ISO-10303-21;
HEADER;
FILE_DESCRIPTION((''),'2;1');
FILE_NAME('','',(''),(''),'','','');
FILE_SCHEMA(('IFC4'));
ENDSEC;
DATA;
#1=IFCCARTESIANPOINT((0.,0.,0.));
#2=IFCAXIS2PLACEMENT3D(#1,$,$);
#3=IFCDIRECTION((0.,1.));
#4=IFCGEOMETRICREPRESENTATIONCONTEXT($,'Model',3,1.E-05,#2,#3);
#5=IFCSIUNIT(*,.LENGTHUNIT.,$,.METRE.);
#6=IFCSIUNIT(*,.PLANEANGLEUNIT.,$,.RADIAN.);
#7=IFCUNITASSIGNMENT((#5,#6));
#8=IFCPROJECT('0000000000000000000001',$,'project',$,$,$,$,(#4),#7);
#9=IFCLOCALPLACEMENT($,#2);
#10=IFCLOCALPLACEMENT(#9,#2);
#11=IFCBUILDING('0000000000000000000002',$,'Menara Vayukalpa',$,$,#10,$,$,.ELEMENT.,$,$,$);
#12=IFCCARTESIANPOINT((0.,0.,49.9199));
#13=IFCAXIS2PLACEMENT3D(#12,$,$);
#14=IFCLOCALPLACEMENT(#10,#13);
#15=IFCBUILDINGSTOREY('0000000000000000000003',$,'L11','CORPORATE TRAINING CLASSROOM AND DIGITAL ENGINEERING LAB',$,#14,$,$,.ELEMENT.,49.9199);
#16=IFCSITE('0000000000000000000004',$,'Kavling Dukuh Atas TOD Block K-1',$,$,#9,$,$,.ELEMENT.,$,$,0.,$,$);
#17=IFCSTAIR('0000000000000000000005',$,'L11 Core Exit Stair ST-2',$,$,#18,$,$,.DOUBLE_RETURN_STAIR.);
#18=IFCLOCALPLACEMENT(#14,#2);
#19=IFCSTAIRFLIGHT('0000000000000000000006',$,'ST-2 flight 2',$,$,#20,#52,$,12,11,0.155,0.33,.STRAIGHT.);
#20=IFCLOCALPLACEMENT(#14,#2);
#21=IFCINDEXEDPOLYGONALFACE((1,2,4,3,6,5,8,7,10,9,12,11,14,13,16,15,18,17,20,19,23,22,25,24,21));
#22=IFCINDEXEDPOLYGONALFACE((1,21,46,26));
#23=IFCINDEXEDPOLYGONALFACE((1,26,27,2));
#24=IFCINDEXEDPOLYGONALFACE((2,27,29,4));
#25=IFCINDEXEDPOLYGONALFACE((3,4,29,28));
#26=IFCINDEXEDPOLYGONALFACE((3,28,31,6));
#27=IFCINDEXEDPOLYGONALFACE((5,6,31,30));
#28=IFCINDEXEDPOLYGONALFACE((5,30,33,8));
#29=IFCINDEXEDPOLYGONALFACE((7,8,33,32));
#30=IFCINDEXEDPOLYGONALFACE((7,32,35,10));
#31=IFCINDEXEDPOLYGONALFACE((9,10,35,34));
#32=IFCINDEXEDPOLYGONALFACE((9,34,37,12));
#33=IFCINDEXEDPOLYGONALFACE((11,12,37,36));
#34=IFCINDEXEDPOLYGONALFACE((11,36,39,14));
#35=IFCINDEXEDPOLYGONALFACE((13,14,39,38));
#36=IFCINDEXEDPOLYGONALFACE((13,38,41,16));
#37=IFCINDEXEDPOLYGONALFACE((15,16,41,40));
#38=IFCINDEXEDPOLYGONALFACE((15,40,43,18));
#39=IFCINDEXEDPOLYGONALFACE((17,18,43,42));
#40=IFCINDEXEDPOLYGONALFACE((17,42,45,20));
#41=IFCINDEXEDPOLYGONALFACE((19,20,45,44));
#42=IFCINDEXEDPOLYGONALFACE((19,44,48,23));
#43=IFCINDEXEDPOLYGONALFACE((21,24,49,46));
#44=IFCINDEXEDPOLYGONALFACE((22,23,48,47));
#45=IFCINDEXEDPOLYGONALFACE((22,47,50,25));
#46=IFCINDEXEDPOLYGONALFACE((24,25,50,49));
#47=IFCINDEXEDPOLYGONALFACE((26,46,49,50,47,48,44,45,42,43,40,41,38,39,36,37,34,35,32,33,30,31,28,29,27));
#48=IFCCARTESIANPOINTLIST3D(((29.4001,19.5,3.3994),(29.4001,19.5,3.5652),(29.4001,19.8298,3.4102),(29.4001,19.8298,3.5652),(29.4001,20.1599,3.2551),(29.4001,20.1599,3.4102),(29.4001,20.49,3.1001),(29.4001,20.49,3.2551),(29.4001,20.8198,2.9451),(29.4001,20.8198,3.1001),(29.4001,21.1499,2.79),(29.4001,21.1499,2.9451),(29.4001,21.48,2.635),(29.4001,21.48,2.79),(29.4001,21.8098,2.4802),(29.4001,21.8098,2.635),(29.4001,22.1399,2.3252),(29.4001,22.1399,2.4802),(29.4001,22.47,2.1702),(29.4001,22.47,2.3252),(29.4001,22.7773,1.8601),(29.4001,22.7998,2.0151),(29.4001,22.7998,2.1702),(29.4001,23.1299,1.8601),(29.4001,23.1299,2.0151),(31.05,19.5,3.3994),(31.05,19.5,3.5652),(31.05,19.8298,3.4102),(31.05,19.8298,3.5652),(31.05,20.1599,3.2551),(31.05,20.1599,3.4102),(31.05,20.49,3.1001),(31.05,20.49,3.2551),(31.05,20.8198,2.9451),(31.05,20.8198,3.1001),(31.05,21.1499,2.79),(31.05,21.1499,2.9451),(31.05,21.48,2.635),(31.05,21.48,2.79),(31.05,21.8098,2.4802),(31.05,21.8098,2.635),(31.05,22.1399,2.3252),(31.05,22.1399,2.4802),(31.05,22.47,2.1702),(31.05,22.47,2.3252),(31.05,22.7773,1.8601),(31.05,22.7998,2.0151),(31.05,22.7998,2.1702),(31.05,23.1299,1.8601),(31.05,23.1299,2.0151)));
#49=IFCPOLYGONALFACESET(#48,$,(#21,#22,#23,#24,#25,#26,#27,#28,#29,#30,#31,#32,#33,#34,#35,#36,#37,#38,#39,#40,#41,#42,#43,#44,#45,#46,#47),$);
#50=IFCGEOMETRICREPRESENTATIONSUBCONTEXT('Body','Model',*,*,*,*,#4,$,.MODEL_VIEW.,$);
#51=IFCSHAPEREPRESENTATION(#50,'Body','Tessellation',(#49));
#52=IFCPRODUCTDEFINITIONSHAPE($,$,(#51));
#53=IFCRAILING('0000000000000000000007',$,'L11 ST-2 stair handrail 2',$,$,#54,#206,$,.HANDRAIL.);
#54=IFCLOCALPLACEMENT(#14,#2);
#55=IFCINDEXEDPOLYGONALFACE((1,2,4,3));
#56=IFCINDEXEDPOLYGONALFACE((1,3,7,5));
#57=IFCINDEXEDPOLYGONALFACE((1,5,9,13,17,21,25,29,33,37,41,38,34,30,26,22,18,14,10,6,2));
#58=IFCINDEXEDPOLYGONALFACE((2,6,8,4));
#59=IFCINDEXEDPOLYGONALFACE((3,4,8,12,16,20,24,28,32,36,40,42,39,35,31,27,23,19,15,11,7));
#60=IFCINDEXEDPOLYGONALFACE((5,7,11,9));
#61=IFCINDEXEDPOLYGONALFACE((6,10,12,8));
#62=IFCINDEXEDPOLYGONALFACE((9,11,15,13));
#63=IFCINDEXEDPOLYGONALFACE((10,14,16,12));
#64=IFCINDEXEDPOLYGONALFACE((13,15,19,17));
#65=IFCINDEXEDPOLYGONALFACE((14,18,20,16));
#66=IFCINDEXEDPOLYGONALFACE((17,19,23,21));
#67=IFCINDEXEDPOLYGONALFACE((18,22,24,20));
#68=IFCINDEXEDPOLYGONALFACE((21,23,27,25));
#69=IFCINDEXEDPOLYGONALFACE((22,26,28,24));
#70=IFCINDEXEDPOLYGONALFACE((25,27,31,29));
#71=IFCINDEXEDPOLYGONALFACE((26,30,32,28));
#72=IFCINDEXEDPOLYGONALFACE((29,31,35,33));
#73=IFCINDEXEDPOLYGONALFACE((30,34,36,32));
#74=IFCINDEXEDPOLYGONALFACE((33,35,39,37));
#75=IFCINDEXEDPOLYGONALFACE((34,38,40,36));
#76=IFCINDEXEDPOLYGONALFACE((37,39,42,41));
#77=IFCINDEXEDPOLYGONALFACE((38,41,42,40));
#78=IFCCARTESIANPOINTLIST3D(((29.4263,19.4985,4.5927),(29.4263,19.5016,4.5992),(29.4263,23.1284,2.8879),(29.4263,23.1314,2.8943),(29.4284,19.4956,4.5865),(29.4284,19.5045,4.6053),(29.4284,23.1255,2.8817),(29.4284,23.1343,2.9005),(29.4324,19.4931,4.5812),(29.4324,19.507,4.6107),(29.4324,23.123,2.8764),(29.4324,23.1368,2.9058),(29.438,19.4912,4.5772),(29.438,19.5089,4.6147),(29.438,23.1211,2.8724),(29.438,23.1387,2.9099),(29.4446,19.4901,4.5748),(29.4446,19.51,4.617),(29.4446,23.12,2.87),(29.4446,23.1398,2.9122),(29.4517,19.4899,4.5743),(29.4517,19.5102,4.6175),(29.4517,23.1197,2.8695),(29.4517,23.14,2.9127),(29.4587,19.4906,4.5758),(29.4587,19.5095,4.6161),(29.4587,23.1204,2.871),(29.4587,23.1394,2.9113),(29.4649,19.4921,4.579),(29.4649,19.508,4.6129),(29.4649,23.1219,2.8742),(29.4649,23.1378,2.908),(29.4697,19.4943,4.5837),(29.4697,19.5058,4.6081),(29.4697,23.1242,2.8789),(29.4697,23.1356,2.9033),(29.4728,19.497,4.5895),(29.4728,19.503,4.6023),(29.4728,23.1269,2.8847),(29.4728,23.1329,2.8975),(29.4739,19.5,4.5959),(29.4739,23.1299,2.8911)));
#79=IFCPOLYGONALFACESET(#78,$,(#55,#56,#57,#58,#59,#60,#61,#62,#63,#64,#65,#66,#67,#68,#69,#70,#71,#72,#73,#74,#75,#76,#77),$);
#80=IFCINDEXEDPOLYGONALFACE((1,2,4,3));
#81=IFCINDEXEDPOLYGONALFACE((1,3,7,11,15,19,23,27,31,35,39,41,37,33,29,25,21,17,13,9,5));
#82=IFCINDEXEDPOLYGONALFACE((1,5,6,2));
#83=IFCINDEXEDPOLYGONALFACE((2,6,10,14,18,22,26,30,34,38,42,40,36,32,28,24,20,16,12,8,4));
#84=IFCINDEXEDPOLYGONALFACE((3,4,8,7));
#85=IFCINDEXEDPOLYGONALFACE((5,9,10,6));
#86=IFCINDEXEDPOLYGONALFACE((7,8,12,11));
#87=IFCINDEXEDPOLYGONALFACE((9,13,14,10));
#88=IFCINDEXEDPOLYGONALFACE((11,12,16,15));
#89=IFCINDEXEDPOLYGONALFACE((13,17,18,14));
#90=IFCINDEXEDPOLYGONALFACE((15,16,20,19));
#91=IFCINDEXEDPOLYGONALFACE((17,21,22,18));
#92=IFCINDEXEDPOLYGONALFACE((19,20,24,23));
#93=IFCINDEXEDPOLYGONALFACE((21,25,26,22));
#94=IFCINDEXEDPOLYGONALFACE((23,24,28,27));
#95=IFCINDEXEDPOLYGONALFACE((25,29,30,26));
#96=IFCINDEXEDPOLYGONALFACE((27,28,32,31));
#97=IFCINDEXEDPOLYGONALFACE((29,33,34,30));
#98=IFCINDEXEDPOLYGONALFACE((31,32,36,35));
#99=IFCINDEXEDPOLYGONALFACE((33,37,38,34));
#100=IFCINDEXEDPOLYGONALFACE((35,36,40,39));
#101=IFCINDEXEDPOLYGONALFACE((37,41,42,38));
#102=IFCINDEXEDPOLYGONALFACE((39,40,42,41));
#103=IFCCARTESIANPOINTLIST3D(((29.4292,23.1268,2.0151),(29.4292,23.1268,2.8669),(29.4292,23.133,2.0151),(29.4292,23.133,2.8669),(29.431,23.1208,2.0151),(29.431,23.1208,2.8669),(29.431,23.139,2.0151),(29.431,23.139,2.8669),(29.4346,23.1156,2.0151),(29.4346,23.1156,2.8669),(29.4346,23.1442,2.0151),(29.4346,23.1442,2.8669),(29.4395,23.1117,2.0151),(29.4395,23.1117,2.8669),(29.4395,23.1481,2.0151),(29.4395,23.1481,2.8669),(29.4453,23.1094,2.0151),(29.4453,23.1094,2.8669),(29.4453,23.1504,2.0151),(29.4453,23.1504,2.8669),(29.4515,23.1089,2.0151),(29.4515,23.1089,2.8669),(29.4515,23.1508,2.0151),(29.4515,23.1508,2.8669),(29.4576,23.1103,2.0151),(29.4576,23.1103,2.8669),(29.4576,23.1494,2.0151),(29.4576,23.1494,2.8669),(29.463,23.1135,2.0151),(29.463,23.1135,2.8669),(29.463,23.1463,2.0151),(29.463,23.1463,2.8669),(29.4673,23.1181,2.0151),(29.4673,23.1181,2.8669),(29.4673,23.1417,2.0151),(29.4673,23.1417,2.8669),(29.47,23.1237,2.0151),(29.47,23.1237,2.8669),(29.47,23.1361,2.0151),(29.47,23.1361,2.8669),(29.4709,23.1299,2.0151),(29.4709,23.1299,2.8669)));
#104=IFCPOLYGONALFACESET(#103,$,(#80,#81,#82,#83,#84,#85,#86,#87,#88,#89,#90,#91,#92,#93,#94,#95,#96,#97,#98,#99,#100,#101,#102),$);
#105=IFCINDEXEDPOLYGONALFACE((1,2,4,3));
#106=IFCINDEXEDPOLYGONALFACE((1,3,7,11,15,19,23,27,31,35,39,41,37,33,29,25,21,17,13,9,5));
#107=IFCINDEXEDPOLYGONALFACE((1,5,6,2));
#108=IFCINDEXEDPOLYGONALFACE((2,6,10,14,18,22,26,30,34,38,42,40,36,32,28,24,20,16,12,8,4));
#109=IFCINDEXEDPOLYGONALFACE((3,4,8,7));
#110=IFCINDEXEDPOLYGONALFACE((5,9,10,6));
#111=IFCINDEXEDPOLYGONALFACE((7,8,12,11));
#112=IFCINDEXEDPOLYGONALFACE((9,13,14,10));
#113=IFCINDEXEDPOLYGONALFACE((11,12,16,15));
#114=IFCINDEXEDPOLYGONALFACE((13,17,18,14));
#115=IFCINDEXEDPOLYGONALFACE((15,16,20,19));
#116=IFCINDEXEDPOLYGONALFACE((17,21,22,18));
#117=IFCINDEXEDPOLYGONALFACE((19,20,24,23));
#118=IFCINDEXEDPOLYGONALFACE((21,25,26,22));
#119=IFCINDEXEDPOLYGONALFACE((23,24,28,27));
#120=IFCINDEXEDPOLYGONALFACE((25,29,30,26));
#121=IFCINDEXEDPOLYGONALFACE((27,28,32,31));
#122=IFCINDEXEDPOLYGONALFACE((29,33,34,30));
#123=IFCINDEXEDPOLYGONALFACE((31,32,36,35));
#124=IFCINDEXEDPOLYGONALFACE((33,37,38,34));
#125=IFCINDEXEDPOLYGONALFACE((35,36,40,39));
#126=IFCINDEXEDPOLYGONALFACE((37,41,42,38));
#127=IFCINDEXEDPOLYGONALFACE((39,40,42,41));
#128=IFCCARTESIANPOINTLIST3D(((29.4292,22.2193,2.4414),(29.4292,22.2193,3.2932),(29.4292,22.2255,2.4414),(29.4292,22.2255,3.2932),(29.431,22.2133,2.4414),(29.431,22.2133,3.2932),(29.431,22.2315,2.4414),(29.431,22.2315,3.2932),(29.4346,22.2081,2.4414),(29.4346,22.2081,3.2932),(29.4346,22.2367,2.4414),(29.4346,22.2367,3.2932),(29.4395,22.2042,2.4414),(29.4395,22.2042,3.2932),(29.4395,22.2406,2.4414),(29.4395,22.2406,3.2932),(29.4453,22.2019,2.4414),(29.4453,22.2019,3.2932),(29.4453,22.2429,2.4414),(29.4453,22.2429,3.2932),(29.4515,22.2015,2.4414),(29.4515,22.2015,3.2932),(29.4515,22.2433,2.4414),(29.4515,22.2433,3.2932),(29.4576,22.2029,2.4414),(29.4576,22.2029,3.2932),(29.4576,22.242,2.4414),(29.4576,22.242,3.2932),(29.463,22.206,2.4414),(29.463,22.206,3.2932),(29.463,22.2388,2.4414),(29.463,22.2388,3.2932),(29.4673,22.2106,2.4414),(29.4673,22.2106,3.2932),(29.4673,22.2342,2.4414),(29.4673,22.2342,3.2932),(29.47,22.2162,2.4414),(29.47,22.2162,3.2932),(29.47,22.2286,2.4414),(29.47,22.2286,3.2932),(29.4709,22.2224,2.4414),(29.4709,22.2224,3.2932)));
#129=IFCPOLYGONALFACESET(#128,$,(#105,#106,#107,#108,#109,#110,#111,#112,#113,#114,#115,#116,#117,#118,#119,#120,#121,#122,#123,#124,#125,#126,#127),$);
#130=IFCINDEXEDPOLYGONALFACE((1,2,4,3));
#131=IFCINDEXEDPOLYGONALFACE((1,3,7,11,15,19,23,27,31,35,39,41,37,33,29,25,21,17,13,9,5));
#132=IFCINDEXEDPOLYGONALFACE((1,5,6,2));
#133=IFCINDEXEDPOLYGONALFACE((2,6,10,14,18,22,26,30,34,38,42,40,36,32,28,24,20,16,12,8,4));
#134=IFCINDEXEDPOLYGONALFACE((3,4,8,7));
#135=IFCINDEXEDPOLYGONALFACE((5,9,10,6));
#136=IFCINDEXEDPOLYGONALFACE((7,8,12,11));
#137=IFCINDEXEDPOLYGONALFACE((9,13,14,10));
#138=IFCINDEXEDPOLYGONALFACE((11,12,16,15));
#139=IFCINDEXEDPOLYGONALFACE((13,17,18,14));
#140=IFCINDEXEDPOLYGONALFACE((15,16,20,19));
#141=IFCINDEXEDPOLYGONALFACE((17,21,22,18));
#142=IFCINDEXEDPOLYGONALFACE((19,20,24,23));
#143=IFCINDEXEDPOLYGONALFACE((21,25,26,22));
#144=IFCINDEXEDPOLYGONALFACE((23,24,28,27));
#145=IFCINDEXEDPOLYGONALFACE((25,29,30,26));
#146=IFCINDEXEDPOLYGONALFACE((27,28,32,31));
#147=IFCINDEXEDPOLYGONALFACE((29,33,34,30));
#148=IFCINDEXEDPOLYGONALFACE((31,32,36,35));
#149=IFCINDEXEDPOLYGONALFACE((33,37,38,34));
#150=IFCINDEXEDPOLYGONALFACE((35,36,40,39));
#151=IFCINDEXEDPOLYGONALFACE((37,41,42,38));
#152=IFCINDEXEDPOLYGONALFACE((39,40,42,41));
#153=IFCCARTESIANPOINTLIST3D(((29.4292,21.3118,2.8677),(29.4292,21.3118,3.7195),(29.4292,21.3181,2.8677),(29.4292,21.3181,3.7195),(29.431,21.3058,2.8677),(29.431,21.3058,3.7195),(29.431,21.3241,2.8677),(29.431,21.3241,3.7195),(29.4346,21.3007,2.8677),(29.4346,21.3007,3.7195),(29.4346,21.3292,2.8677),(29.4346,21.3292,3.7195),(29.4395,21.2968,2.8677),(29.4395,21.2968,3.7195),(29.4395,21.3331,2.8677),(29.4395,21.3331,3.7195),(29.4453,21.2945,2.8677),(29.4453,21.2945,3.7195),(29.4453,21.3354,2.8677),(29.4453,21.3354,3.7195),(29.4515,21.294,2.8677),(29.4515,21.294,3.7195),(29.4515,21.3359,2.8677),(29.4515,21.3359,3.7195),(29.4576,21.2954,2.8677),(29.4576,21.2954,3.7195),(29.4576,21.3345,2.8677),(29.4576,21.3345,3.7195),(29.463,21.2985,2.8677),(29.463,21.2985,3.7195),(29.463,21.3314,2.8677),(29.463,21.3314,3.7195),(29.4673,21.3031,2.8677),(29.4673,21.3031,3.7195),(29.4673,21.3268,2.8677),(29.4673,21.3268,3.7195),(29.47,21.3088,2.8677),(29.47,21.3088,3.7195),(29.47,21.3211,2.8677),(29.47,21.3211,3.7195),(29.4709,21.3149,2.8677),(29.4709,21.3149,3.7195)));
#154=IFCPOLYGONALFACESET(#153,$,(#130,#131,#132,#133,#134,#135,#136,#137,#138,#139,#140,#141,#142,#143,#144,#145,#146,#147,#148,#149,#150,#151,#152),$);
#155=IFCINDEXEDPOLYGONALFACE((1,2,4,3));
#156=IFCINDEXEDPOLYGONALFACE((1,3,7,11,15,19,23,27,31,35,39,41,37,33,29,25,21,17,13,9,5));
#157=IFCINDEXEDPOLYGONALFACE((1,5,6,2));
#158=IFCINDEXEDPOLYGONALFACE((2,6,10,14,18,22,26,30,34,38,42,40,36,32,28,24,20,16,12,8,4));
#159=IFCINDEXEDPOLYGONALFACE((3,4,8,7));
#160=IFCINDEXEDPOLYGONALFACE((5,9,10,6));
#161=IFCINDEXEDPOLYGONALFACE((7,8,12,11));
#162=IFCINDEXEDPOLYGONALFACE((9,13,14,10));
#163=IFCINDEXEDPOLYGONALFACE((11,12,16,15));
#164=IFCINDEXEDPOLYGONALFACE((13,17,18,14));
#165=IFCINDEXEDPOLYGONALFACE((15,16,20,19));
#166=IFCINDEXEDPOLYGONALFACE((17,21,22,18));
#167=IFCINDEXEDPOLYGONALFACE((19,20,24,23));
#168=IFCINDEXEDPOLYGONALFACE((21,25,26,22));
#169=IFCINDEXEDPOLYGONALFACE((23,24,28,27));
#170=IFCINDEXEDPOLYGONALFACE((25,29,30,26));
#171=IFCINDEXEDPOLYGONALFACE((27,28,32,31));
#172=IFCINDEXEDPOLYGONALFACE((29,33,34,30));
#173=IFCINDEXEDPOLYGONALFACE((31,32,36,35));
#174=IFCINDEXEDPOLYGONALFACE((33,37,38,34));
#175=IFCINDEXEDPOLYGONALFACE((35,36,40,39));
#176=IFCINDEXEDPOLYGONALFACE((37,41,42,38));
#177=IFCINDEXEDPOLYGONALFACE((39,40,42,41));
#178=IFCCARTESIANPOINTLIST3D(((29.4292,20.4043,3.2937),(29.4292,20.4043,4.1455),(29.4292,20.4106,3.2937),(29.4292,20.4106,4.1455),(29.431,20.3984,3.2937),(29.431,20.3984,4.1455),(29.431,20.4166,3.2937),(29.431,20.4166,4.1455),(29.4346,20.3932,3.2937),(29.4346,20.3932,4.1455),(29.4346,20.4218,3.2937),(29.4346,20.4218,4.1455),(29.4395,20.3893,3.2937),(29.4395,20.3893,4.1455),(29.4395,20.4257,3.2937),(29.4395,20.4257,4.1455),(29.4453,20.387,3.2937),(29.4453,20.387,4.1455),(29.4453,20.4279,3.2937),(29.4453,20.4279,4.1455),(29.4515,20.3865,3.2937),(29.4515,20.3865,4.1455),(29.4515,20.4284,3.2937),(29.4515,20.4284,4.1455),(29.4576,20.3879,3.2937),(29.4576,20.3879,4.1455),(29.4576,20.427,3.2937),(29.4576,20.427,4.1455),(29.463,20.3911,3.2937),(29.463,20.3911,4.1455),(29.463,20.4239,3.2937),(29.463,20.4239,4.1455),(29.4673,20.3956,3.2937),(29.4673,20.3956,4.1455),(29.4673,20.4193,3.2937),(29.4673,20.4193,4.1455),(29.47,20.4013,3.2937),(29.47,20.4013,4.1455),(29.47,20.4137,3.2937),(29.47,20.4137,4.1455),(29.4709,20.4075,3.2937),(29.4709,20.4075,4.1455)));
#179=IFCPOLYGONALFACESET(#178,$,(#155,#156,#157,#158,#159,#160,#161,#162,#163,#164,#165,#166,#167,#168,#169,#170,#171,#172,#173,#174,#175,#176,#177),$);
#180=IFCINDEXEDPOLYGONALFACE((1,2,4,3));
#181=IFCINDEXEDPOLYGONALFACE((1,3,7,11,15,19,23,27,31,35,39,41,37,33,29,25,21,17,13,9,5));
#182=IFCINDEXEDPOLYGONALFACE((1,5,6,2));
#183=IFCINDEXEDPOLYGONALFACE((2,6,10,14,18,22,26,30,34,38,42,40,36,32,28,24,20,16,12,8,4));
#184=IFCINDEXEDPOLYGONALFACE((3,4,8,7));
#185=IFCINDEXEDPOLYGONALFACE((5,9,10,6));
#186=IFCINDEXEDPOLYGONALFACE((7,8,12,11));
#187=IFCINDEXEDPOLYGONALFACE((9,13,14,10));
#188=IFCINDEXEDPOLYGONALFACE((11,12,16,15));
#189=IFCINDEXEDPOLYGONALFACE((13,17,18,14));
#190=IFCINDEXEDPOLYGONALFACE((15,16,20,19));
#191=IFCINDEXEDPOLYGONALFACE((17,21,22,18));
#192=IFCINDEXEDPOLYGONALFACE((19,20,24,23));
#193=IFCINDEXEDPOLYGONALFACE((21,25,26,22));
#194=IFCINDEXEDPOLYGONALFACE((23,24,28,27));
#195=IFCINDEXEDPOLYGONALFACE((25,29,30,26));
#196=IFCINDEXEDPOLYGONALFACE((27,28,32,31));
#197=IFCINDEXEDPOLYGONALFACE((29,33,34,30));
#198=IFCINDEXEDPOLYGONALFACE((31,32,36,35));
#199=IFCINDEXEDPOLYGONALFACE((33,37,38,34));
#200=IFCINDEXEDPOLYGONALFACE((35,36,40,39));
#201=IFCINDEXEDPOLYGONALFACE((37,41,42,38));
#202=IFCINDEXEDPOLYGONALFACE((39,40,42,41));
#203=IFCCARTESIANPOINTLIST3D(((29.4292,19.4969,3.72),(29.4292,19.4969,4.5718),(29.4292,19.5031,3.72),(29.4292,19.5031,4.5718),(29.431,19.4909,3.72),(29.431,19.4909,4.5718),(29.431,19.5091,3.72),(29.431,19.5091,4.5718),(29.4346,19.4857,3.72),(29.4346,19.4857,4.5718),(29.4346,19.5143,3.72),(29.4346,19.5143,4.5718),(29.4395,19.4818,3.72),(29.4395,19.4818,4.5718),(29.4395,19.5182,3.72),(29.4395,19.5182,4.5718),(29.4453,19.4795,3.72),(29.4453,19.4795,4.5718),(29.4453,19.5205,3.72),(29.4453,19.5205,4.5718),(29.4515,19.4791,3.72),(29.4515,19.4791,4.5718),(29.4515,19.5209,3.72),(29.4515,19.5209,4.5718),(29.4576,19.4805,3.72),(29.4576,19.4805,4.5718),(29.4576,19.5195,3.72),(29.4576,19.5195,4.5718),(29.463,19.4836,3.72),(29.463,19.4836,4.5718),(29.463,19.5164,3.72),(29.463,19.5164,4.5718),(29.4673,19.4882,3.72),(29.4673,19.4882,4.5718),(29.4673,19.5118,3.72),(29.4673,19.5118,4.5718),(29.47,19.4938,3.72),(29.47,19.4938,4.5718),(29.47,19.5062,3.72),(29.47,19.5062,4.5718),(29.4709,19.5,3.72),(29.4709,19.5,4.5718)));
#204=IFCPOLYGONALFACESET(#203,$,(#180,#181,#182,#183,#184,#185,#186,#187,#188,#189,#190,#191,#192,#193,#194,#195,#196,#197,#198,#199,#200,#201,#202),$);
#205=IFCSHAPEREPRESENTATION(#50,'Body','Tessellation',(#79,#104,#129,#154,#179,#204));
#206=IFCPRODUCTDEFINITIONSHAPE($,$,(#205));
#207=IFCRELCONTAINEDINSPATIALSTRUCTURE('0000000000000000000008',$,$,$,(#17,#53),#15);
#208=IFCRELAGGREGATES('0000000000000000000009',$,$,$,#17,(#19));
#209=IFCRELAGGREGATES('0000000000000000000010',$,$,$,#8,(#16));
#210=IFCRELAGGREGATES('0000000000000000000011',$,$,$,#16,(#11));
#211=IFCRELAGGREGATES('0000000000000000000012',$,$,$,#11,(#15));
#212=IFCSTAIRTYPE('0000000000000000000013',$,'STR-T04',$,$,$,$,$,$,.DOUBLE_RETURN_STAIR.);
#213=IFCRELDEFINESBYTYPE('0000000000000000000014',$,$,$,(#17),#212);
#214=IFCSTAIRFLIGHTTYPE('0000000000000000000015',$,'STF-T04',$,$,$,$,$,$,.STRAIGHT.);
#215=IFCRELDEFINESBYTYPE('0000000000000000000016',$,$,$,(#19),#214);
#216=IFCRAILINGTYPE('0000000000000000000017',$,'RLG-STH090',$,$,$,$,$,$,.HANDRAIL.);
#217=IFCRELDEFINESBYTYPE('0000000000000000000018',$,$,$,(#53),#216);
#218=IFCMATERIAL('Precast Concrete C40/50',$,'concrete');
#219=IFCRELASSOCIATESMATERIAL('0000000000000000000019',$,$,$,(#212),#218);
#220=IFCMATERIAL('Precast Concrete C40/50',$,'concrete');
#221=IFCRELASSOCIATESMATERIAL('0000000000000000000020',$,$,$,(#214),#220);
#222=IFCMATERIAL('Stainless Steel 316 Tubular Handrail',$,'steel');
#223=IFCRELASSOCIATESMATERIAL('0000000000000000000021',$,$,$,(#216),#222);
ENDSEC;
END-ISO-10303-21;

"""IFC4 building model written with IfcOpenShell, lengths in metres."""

from ifc_helpers import new_model, si_unit, direction, frame, origin, origin_2d, place, context, subcontext, project, spatial, polyline, circle, outline, extrude, material, type_object, element, aggregate, save


model = new_model("IFC4")

# Units and contexts
model_context = context("Model", 3, precision=1e-05, world=origin(), true_north=direction((0.0, 1.0)))
body_context = subcontext(model_context, "Body", "Model", "MODEL_VIEW")
ifc_project = project(units=[si_unit("LENGTHUNIT", "METRE"), si_unit("PLANEANGLEUNIT", "RADIAN")], contexts=[model_context])

# Site, building, storey
site_placement = place(None, origin())
site = spatial("IfcSite", under=ifc_project, at=site_placement, Name="Kavling Dukuh Atas TOD Block K-1", CompositionType="ELEMENT", RefElevation=0.0)
building_placement = place(site_placement, origin())
building = spatial("IfcBuilding", under=site, at=building_placement, Name="Menara Vayukalpa", CompositionType="ELEMENT")
storey_placement = place(building_placement, frame((0.0, 0.0, 49.9199)))
storey = spatial("IfcBuildingStorey", under=building, at=storey_placement, Name="L11", Description="CORPORATE TRAINING CLASSROOM AND DIGITAL ENGINEERING LAB", CompositionType="ELEMENT", Elevation=49.9199)

# Stair, stair flight
ifc_material_1 = material(Name="Precast Concrete C40/50", Category="concrete")
stair_type = type_object("IfcStairType", Name="STR-T04", PredefinedType="DOUBLE_RETURN_STAIR", material=ifc_material_1)
stair_placement = place(storey_placement, origin())
stair = element("IfcStair", 1, at=stair_placement, inside=storey, type_object=stair_type, Name="L11 Core Exit Stair ST-2", PredefinedType="DOUBLE_RETURN_STAIR")
ifc_material_2 = material(Name="Precast Concrete C40/50", Category="concrete")
stair_flight_type = type_object("IfcStairFlightType", Name="STF-T04", PredefinedType="STRAIGHT", material=ifc_material_2)
stair_flight_placement = place(storey_placement, frame((30.2251, 23.1299, 1.8601), z_axis=(0.0, 0.0, 1.0), x_axis=(0.0, -1.0, 0.0)))
stair_flight = element("IfcStairFlight", 2, at=stair_flight_placement, type_object=stair_flight_type, Name="ST-2 flight 2", NumberOfRisers=12, NumberOfTreads=11, PredefinedType="STRAIGHT", RiserHeight=0.155, TreadLength=0.33, context=body_context, shape_type="SweptSolid", body=[
    extrude(outline(polyline([(0.0, 0.0), (0.0, 0.155), (0.3301, 0.155), (0.3301, 0.3101), (0.6599, 0.3101), (0.6599, 0.4651), (0.99, 0.4651), (0.99, 0.6201), (1.3201, 0.6201), (1.3201, 0.7749), (1.6499, 0.7749), (1.6499, 0.9299), (1.98, 0.9299), (1.98, 1.085), (2.3101, 1.085), (2.3101, 1.24), (2.6399, 1.24), (2.6399, 1.395), (2.97, 1.395), (2.97, 1.55), (3.3, 1.55), (3.3, 1.7051), (3.6299, 1.7051), (3.6299, 1.8601), (3.6299, 1.5393), (0.3525, 0.0), (0.0, 0.0)])), frame((0.0, 0.825, 0.0), z_axis=(0.0, -1.0, 0.0), x_axis=(1.0, 0.0, 0.0)), (0.0, 0.0, 1.0), 1.6499),
])
aggregate(stair, [stair_flight])

# Railing
ifc_material_3 = material(Name="Stainless Steel 316 Tubular Handrail", Category="steel")
railing_type = type_object("IfcRailingType", Name="RLG-STH090", PredefinedType="HANDRAIL", material=ifc_material_3)
railing_placement = place(storey_placement, frame((29.45, 23.1299, 2.0151)))
element("IfcRailing", 3, at=railing_placement, inside=storey, type_object=railing_type, Name="L11 ST-2 stair handrail 2", PredefinedType="HANDRAIL", context=body_context, shape_type="SweptSolid", body=[
    extrude(circle(Radius=0.0239, at=origin_2d()), frame((0.0, 0.0, 0.876), z_axis=(0.0, -0.90514, 0.425114), x_axis=(1.0, 0.0, 0.0)), (0.0, 0.0, 1.0), 4.0103),
    extrude(circle(Radius=0.021, at=origin_2d()), origin(), (0.0, 0.0, 1.0), 0.8518),
    extrude(circle(Radius=0.021, at=origin_2d()), frame((0.0, -0.9075, 0.4263)), (0.0, 0.0, 1.0), 0.8518),
    extrude(circle(Radius=0.021, at=origin_2d()), frame((0.0, -1.8149, 0.8525)), (0.0, 0.0, 1.0), 0.8518),
    extrude(circle(Radius=0.021, at=origin_2d()), frame((0.0, -2.7224, 1.2786)), (0.0, 0.0, 1.0), 0.8518),
    extrude(circle(Radius=0.021, at=origin_2d()), frame((0.0, -3.6299, 1.7048)), (0.0, 0.0, 1.0), 0.8518),
])

save(model, "model.ifc")
